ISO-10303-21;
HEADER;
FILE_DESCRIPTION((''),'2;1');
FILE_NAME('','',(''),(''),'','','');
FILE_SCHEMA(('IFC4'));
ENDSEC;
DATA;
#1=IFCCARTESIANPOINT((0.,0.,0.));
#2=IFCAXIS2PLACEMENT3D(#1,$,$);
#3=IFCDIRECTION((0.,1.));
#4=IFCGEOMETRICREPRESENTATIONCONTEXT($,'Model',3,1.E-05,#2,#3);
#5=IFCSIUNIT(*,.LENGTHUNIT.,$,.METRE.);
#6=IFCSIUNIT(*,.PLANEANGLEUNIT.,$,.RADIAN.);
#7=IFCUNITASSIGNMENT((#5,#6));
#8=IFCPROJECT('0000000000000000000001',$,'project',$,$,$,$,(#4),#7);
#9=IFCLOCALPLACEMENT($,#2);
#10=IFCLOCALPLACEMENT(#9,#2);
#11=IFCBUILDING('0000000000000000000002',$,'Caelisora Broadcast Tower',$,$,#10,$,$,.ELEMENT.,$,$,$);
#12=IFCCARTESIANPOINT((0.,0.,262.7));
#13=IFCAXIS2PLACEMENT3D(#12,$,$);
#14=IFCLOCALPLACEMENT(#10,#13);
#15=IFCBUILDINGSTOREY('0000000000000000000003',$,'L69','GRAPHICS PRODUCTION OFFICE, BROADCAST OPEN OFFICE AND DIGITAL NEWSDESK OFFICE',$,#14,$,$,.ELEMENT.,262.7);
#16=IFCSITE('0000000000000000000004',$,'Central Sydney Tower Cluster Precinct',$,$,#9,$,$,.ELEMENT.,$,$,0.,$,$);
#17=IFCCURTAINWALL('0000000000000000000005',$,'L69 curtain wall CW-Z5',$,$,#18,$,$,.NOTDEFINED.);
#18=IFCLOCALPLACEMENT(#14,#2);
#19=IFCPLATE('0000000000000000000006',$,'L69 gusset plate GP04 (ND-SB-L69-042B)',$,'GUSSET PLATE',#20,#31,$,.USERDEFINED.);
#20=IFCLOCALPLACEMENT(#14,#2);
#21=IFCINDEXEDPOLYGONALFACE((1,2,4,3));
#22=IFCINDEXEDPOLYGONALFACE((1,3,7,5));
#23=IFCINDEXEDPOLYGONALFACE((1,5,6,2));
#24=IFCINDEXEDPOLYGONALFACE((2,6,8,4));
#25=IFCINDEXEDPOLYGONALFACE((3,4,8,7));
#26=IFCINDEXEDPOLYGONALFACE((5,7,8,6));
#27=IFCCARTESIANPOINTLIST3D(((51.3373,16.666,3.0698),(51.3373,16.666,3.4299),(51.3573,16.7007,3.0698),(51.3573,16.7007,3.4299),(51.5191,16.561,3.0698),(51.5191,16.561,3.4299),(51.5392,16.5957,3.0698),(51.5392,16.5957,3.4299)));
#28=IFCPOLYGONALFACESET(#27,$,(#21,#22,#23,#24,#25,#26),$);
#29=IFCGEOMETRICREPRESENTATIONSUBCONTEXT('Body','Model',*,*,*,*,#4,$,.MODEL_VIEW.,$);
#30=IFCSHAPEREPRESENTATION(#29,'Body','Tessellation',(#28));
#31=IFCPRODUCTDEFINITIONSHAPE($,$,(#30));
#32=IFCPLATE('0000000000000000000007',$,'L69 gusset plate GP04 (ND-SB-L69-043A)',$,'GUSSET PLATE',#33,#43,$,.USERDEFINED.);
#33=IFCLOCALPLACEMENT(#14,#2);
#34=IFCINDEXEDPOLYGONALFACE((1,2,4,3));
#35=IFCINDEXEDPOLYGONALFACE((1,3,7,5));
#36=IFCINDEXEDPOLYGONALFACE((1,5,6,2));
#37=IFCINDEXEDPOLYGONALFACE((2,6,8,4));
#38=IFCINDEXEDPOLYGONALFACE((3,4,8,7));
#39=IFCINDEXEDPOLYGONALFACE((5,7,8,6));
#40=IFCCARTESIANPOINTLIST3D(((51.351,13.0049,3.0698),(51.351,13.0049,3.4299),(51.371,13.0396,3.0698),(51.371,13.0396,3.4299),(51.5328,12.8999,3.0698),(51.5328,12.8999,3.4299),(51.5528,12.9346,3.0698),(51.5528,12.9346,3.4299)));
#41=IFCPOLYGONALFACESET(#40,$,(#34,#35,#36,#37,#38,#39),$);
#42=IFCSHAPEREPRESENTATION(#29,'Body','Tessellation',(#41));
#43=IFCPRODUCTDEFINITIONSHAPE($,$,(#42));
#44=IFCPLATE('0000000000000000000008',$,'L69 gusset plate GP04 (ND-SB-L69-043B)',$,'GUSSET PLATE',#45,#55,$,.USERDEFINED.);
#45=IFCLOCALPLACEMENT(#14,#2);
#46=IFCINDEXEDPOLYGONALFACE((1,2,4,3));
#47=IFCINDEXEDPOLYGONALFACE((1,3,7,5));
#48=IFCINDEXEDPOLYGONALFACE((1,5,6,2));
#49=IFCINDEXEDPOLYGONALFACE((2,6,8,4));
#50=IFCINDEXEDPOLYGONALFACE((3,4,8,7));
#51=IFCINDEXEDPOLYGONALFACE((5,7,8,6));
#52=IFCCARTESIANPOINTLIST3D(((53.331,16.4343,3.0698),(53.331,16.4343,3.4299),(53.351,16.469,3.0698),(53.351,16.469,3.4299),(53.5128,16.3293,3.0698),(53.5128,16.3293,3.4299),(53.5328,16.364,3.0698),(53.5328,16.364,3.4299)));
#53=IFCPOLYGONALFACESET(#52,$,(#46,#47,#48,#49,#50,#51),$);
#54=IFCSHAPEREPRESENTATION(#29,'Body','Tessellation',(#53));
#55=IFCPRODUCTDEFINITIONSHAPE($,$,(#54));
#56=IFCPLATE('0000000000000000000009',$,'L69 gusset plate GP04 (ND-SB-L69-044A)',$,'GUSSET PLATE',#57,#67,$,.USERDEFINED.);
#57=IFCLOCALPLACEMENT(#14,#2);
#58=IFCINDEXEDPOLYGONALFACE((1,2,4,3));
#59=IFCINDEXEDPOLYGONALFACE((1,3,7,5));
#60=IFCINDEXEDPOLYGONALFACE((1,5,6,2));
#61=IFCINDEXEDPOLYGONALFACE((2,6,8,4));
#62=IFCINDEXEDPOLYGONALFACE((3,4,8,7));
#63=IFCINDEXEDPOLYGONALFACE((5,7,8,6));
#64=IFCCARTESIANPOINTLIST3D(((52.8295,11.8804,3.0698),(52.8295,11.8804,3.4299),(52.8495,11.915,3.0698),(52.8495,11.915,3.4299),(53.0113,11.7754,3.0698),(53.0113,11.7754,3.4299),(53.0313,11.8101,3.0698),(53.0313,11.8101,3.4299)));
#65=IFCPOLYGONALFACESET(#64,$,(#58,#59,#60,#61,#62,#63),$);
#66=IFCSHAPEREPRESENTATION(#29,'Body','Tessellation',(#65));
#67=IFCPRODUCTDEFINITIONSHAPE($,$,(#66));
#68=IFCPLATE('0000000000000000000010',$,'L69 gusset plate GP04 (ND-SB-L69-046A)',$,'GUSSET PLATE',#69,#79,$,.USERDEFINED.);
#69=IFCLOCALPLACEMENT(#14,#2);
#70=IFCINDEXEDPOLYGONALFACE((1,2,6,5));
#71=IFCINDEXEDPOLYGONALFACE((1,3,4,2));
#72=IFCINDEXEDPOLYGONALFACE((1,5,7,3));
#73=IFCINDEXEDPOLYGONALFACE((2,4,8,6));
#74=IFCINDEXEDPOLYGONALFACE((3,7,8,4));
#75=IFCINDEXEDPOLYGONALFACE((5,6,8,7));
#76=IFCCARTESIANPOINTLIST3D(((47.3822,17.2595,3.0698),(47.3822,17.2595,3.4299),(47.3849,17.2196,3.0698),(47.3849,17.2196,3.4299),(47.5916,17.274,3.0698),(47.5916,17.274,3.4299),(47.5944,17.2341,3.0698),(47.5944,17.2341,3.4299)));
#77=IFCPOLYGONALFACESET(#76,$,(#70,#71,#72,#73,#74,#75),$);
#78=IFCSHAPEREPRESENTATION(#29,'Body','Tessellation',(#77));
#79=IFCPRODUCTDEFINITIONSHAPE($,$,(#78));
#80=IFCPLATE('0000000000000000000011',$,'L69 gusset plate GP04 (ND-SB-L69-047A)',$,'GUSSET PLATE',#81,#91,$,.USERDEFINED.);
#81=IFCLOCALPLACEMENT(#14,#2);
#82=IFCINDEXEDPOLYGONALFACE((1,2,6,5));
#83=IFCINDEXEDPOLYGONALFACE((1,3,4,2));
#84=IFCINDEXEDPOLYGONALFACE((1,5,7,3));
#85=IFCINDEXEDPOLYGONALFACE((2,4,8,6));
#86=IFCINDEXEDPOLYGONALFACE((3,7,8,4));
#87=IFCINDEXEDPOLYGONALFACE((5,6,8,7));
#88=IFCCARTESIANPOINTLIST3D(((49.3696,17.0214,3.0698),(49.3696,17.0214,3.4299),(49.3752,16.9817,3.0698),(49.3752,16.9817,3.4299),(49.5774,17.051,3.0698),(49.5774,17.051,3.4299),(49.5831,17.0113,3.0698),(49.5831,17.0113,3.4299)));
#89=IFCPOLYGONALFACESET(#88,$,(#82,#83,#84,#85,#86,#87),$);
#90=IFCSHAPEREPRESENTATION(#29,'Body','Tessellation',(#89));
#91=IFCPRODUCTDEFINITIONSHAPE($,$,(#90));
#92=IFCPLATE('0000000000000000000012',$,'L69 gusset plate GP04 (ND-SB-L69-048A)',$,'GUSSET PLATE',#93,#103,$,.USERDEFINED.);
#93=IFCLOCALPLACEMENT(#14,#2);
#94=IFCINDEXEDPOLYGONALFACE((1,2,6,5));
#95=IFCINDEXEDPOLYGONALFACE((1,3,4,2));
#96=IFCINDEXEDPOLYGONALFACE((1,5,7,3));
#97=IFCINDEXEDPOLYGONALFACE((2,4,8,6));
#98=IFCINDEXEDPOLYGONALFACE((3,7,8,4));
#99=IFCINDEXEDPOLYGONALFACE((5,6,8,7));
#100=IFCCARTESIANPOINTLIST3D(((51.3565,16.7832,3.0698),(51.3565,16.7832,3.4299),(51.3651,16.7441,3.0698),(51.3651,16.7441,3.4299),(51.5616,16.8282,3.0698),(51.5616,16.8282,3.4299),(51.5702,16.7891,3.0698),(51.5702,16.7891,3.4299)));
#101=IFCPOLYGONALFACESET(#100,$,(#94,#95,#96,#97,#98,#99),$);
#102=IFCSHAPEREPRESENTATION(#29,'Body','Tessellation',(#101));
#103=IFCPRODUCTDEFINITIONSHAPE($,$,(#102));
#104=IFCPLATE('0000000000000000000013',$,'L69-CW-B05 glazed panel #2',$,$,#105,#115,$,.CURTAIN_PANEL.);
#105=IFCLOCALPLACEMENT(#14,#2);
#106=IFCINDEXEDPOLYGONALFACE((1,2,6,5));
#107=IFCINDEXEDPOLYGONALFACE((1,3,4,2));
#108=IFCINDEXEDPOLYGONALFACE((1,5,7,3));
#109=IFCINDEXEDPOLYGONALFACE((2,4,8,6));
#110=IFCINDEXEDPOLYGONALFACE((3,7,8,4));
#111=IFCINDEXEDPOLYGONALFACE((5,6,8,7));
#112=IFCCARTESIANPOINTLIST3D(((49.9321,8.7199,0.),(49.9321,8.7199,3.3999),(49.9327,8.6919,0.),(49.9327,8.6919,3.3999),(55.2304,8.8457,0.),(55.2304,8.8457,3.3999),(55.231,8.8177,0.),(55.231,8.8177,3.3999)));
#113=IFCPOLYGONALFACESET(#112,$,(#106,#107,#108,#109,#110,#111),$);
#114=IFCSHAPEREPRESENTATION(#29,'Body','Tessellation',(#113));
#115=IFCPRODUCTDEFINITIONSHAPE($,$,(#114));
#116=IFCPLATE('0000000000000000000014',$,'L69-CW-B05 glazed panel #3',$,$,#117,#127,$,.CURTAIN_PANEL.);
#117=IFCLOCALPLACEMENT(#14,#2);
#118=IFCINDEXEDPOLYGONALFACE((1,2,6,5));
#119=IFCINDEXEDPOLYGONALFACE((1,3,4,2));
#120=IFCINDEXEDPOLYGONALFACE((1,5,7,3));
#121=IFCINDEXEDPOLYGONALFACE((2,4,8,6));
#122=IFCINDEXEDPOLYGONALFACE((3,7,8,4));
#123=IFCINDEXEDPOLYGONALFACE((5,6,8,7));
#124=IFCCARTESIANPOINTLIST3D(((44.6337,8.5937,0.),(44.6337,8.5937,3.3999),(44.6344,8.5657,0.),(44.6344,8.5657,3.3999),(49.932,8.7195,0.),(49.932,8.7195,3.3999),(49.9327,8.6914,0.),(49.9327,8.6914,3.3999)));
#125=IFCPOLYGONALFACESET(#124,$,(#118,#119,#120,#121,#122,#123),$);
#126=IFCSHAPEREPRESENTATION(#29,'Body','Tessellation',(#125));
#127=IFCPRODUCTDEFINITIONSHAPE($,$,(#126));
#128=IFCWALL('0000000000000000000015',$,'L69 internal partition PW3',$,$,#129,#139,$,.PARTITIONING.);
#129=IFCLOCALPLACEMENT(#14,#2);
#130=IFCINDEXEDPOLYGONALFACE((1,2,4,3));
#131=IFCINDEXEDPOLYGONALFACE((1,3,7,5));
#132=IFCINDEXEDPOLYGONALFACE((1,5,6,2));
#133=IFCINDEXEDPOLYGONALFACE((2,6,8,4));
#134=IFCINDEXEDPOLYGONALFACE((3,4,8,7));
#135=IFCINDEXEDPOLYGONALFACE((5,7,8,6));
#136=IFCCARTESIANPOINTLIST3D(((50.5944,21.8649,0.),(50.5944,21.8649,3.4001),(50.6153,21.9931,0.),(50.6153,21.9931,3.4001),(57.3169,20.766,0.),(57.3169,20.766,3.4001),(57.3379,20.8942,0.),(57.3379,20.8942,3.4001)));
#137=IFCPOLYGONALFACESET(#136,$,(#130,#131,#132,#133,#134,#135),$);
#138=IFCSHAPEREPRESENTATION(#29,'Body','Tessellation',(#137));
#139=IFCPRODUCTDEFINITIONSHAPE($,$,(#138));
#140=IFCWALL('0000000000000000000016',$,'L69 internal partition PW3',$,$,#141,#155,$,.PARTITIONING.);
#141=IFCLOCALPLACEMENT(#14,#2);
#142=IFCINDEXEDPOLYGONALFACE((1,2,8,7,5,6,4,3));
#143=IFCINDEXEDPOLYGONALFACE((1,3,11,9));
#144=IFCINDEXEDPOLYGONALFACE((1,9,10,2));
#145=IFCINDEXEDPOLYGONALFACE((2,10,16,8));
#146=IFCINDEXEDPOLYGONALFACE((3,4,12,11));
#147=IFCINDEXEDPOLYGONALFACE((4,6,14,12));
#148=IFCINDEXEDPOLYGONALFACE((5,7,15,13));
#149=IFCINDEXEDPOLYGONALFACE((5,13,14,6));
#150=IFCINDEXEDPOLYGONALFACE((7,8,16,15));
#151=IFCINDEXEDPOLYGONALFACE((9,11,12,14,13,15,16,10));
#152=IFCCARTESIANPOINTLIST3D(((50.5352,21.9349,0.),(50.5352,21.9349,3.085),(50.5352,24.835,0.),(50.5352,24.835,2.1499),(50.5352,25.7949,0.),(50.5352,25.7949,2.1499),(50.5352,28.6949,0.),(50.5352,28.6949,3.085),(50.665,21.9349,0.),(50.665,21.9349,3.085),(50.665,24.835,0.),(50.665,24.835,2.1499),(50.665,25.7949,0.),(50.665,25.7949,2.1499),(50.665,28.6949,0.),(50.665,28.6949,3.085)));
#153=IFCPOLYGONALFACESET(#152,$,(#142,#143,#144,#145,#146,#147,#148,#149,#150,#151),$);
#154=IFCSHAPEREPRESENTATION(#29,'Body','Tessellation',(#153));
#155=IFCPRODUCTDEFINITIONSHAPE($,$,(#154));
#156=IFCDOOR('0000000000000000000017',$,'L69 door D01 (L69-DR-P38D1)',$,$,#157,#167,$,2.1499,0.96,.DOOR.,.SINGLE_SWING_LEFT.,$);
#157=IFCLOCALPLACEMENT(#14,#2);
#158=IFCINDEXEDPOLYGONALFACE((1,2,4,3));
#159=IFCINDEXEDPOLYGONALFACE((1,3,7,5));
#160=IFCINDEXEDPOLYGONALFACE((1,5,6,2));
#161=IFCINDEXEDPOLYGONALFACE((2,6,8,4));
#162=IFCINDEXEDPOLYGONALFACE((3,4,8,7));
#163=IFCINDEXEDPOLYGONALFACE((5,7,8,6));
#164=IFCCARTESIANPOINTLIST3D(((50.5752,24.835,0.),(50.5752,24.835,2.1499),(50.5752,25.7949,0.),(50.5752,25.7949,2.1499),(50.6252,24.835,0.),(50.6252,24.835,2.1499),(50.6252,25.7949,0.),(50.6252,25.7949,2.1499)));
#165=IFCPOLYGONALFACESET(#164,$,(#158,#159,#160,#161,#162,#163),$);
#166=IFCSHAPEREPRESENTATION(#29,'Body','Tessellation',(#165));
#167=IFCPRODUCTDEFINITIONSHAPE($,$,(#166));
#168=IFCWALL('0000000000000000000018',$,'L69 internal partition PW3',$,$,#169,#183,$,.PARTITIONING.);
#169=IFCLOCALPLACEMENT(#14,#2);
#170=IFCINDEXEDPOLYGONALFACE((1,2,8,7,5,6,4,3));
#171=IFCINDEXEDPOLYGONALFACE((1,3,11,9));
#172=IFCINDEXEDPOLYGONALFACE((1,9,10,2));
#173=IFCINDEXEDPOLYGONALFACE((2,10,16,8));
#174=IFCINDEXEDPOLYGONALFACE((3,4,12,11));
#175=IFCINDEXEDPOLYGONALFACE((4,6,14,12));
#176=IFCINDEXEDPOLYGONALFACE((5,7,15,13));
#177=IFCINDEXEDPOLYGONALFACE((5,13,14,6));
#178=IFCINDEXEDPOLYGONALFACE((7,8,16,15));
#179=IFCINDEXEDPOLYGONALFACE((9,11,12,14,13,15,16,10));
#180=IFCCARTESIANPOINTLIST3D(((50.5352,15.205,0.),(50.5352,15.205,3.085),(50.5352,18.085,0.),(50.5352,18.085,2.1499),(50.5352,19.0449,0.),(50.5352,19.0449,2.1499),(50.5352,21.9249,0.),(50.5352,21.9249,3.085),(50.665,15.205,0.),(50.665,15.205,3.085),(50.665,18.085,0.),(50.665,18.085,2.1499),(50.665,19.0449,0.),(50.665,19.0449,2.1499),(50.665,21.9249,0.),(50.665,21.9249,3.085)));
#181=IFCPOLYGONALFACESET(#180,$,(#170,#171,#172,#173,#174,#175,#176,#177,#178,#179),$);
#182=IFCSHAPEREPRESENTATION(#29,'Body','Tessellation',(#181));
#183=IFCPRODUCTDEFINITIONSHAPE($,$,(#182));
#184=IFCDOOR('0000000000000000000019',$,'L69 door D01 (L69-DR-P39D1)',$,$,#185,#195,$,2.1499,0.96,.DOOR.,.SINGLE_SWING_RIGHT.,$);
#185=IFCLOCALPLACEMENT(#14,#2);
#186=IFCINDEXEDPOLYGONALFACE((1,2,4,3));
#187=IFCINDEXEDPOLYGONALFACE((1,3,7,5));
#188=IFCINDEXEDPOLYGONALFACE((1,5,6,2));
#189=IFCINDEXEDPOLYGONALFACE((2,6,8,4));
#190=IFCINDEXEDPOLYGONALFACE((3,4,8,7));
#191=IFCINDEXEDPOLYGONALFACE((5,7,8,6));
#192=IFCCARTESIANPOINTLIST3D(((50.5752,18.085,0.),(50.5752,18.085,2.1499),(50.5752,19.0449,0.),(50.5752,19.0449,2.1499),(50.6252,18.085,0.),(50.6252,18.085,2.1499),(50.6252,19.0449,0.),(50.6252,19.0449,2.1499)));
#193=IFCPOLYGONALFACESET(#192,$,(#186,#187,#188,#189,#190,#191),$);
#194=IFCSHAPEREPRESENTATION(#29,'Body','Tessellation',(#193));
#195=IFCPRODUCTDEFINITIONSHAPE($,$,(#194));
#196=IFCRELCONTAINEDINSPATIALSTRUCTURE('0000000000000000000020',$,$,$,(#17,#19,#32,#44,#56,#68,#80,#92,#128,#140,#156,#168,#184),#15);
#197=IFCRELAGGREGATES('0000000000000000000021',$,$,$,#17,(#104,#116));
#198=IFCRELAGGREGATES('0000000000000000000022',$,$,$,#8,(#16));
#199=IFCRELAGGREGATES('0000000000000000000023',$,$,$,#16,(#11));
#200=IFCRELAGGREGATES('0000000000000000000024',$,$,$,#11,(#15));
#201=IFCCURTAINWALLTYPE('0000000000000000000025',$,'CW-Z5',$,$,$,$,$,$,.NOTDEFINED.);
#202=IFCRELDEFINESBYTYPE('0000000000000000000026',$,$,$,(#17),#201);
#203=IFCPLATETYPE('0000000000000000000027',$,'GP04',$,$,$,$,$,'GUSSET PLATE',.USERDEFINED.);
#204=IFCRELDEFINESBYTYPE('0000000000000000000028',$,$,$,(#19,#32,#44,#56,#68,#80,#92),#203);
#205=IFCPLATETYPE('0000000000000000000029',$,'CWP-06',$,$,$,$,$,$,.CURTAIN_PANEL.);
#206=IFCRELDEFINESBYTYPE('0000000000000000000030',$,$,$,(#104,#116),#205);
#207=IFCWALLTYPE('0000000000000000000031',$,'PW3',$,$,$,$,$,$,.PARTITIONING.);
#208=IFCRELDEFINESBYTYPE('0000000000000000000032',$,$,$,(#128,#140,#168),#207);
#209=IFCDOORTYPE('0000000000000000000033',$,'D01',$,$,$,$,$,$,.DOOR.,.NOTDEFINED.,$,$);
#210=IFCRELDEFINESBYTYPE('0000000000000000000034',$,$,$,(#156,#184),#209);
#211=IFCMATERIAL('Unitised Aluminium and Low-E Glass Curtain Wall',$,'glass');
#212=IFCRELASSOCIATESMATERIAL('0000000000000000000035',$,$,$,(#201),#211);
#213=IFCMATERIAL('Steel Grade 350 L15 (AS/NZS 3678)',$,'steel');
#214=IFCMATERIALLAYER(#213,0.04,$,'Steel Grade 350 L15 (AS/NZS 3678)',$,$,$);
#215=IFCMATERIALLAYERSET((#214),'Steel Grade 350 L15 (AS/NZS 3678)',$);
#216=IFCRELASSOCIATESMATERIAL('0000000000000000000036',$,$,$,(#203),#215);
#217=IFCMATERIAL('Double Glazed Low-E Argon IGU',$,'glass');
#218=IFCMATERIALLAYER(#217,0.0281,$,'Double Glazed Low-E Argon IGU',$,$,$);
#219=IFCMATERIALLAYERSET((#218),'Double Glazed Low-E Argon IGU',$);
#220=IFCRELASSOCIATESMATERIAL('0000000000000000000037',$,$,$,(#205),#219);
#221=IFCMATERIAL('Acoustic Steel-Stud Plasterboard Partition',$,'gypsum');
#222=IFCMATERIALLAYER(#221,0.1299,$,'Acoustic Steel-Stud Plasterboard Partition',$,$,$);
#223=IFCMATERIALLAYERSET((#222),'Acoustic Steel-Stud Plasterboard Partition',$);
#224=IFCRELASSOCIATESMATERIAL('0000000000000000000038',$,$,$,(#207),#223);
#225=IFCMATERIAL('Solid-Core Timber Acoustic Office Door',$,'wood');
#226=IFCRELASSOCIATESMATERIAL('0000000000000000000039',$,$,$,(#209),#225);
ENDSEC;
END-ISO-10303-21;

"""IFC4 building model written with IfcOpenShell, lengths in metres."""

from ifc_helpers import new_model, si_unit, direction, frame, frame_2d, origin, origin_2d, place, context, subcontext, project, spatial, rectangle, extrude, source, transform, mapped, material, layer, layer_set, type_object, type_shapes, element, fill, aggregate, save


model = new_model("IFC4")

# Units and contexts
model_context = context("Model", 3, precision=1e-05, world=origin(), true_north=direction((0.0, 1.0)))
body_context = subcontext(model_context, "Body", "Model", "MODEL_VIEW")
ifc_project = project(units=[si_unit("LENGTHUNIT", "METRE"), si_unit("PLANEANGLEUNIT", "RADIAN")], contexts=[model_context])

# Site, building, storey
site_placement = place(None, origin())
site = spatial("IfcSite", under=ifc_project, at=site_placement, Name="Central Sydney Tower Cluster Precinct", CompositionType="ELEMENT", RefElevation=0.0)
building_placement = place(site_placement, origin())
building = spatial("IfcBuilding", under=site, at=building_placement, Name="Caelisora Broadcast Tower", CompositionType="ELEMENT")
storey_placement = place(building_placement, frame((0.0, 0.0, 262.7)))
storey = spatial("IfcBuildingStorey", under=building, at=storey_placement, Name="L69", Description="GRAPHICS PRODUCTION OFFICE, BROADCAST OPEN OFFICE AND DIGITAL NEWSDESK OFFICE", CompositionType="ELEMENT", Elevation=262.7)

# Curtain wall
ifc_material_1 = material(Name="Unitised Aluminium and Low-E Glass Curtain Wall", Category="glass")
curtain_wall_type = type_object("IfcCurtainWallType", Name="CW-Z5", PredefinedType="NOTDEFINED", material=ifc_material_1)
curtain_wall_placement = place(storey_placement, origin())
curtain_wall = element("IfcCurtainWall", 1, at=curtain_wall_placement, inside=storey, type_object=curtain_wall_type, Name="L69 curtain wall CW-Z5", PredefinedType="NOTDEFINED")

# Plates
ifc_material_2 = material(Name="Steel Grade 350 L15 (AS/NZS 3678)", Category="steel")
ifc_layer_1 = layer(ifc_material_2, 0.04, Name="Steel Grade 350 L15 (AS/NZS 3678)")
ifc_layer_set_1 = layer_set([ifc_layer_1], Name="Steel Grade 350 L15 (AS/NZS 3678)")
plate_type_1 = type_object("IfcPlateType", Name="GP04", ElementType="GUSSET PLATE", PredefinedType="USERDEFINED", material=ifc_layer_set_1)
shared_shape_1 = source(origin(), body_context, "Body", "SweptSolid", [
    extrude(rectangle(XDim=0.21, YDim=0.04, at=origin_2d()), origin(), (0.0, 0.0, 1.0), 0.3601),
])
type_shapes(plate_type_1, [shared_shape_1])
for number, where, z_axis, x_axis, name in (
    (2, (51.4382, 16.6309, 3.0698), (0.0, 0.0, 1.0), (-0.866025, 0.5, 0.0), "L69 gusset plate GP04 (ND-SB-L69-042B)"),
    (3, (51.4519, 12.9697, 3.0698), (0.0, 0.0, 1.0), (-0.866025, 0.5, 0.0), "L69 gusset plate GP04 (ND-SB-L69-043A)"),
    (4, (53.4319, 16.3992, 3.0698), (0.0, 0.0, 1.0), (-0.866025, 0.5, 0.0), "L69 gusset plate GP04 (ND-SB-L69-043B)"),
    (5, (52.9304, 11.8452, 3.0698), (0.0, 0.0, 1.0), (-0.866025, 0.5, 0.0), "L69 gusset plate GP04 (ND-SB-L69-044A)"),
    (6, (47.4883, 17.2468, 3.0698), (0.0, 0.0, 1.0), (-0.997613, -0.06906, 0.0), "L69 gusset plate GP04 (ND-SB-L69-046A)"),
    (7, (49.4763, 17.0164, 3.0698), (0.0, 0.0, 1.0), (-0.990024, -0.140901, 0.0), "L69 gusset plate GP04 (ND-SB-L69-047A)"),
    (8, (51.4634, 16.7861, 3.0698), (0.0, 0.0, 1.0), (-0.976747, -0.214394, 0.0), "L69 gusset plate GP04 (ND-SB-L69-048A)"),
):
    element("IfcPlate", number, at=place(storey_placement, frame(where, z_axis=z_axis, x_axis=x_axis)), inside=storey, type_object=plate_type_1, Name=name, ObjectType="GUSSET PLATE", PredefinedType="USERDEFINED", context=body_context, shape_type="MappedRepresentation", body=[
        mapped(shared_shape_1, transform((0.0, 0.0, 0.0), scale=1.0)),
    ])

# Plates
ifc_material_3 = material(Name="Double Glazed Low-E Argon IGU", Category="glass")
ifc_layer_2 = layer(ifc_material_3, 0.0281, Name="Double Glazed Low-E Argon IGU")
ifc_layer_set_2 = layer_set([ifc_layer_2], Name="Double Glazed Low-E Argon IGU")
plate_type_2 = type_object("IfcPlateType", Name="CWP-06", PredefinedType="CURTAIN_PANEL", material=ifc_layer_set_2)
shared_shape_2 = source(origin(), body_context, "Body", "SweptSolid", [
    extrude(rectangle(XDim=5.2998, YDim=0.0281, at=origin_2d()), origin(), (0.0, 0.0, 1.0), 3.3999),
])
type_shapes(plate_type_2, [shared_shape_2])
plate_1_placement = place(storey_placement, frame((52.5815, 8.7688, 0.0), z_axis=(0.0, 0.0, 1.0), x_axis=(-0.999718, -0.023734, 0.0)))
plate_1 = element("IfcPlate", 9, at=plate_1_placement, type_object=plate_type_2, Name="L69-CW-B05 glazed panel #2", PredefinedType="CURTAIN_PANEL", context=body_context, shape_type="MappedRepresentation", body=[
    mapped(shared_shape_2, transform((0.0, 0.0, 0.0), scale=1.0)),
])
plate_2_placement = place(storey_placement, frame((47.2832, 8.6426, 0.0), z_axis=(0.0, 0.0, 1.0), x_axis=(-0.999718, -0.023734, 0.0)))
plate_2 = element("IfcPlate", 10, at=plate_2_placement, type_object=plate_type_2, Name="L69-CW-B05 glazed panel #3", PredefinedType="CURTAIN_PANEL", context=body_context, shape_type="MappedRepresentation", body=[
    mapped(shared_shape_2, transform((0.0, 0.0, 0.0), scale=1.0)),
])
aggregate(curtain_wall, [plate_1, plate_2])

# Wall
ifc_material_4 = material(Name="Acoustic Steel-Stud Plasterboard Partition", Category="gypsum")
ifc_layer_3 = layer(ifc_material_4, 0.1299, Name="Acoustic Steel-Stud Plasterboard Partition")
ifc_layer_set_3 = layer_set([ifc_layer_3], Name="Acoustic Steel-Stud Plasterboard Partition")
wall_type = type_object("IfcWallType", Name="PW3", PredefinedType="PARTITIONING", material=ifc_layer_set_3)
wall_1_placement = place(storey_placement, frame((50.605, 21.929, 0.0), z_axis=(0.0, 0.0, 1.0), x_axis=(0.986903, -0.161318, 0.0)))
element("IfcWall", 11, at=wall_1_placement, inside=storey, type_object=wall_type, Name="L69 internal partition PW3", PredefinedType="PARTITIONING", context=body_context, shape_type="SweptSolid", body=[
    extrude(rectangle(XDim=6.8118, YDim=0.1299, at=frame_2d((3.4058, 0.0))), origin(), (0.0, 0.0, 1.0), 3.4001),
])

# Walls, openings, doors
wall_2_placement = place(storey_placement, frame((50.6001, 21.9351, 0.0), z_axis=(0.0, 0.0, 1.0), x_axis=(0.0, 1.0, 0.0)))
wall_2 = element("IfcWall", 12, at=wall_2_placement, inside=storey, type_object=wall_type, Name="L69 internal partition PW3", PredefinedType="PARTITIONING", context=body_context, shape_type="SweptSolid", body=[
    extrude(rectangle(XDim=6.76, YDim=0.1299, at=frame_2d((3.3799, 0.0))), origin(), (0.0, 0.0, 1.0), 3.085),
])
opening_1_placement = place(wall_2_placement, frame((2.8999, 0.0, 0.0)))
opening_1 = element("IfcOpeningElement", 13, at=opening_1_placement, cuts=wall_2, PredefinedType="OPENING", context=body_context, shape_type="SweptSolid", body=[
    extrude(rectangle(XDim=0.96, YDim=2.1499, at=frame_2d((0.48, 1.075))), frame((0.0, 0.0769, 0.0), z_axis=(0.0, -1.0, 0.0), x_axis=(1.0, 0.0, 0.0)), (0.0, 0.0, 1.0), 0.1538),
])
ifc_material_5 = material(Name="Solid-Core Timber Acoustic Office Door", Category="wood")
door_type = type_object("IfcDoorType", Name="D01", OperationType="NOTDEFINED", PredefinedType="DOOR", material=ifc_material_5)
door_1_placement = place(opening_1_placement, origin())
door_1 = element("IfcDoor", 14, at=door_1_placement, inside=storey, type_object=door_type, Name="L69 door D01 (L69-DR-P38D1)", OperationType="SINGLE_SWING_LEFT", OverallHeight=2.1499, OverallWidth=0.96, PredefinedType="DOOR", context=body_context, shape_type="SweptSolid", body=[
    extrude(rectangle(XDim=0.96, YDim=2.1499, at=frame_2d((0.48, 1.075))), frame((0.0, 0.0249, 0.0), z_axis=(0.0, -1.0, 0.0), x_axis=(1.0, 0.0, 0.0)), (0.0, 0.0, 1.0), 0.05),
])
fill(opening_1, door_1)
wall_3_placement = place(storey_placement, frame((50.6001, 15.2051, 0.0), z_axis=(0.0, 0.0, 1.0), x_axis=(0.0, 1.0, 0.0)))
wall_3 = element("IfcWall", 15, at=wall_3_placement, inside=storey, type_object=wall_type, Name="L69 internal partition PW3", PredefinedType="PARTITIONING", context=body_context, shape_type="SweptSolid", body=[
    extrude(rectangle(XDim=6.72, YDim=0.1299, at=frame_2d((3.3599, 0.0))), origin(), (0.0, 0.0, 1.0), 3.085),
])
opening_2_placement = place(wall_3_placement, frame((2.8799, 0.0, 0.0)))
opening_2 = element("IfcOpeningElement", 16, at=opening_2_placement, cuts=wall_3, PredefinedType="OPENING", context=body_context, shape_type="SweptSolid", body=[
    extrude(rectangle(XDim=0.96, YDim=2.1499, at=frame_2d((0.48, 1.075))), frame((0.0, 0.0769, 0.0), z_axis=(0.0, -1.0, 0.0), x_axis=(1.0, 0.0, 0.0)), (0.0, 0.0, 1.0), 0.1538),
])
door_2_placement = place(opening_2_placement, origin())
door_2 = element("IfcDoor", 17, at=door_2_placement, inside=storey, type_object=door_type, Name="L69 door D01 (L69-DR-P39D1)", OperationType="SINGLE_SWING_RIGHT", OverallHeight=2.1499, OverallWidth=0.96, PredefinedType="DOOR", context=body_context, shape_type="SweptSolid", body=[
    extrude(rectangle(XDim=0.96, YDim=2.1499, at=frame_2d((0.48, 1.075))), frame((0.0, 0.0249, 0.0), z_axis=(0.0, -1.0, 0.0), x_axis=(1.0, 0.0, 0.0)), (0.0, 0.0, 1.0), 0.05),
])
fill(opening_2, door_2)

save(model, "model.ifc")
